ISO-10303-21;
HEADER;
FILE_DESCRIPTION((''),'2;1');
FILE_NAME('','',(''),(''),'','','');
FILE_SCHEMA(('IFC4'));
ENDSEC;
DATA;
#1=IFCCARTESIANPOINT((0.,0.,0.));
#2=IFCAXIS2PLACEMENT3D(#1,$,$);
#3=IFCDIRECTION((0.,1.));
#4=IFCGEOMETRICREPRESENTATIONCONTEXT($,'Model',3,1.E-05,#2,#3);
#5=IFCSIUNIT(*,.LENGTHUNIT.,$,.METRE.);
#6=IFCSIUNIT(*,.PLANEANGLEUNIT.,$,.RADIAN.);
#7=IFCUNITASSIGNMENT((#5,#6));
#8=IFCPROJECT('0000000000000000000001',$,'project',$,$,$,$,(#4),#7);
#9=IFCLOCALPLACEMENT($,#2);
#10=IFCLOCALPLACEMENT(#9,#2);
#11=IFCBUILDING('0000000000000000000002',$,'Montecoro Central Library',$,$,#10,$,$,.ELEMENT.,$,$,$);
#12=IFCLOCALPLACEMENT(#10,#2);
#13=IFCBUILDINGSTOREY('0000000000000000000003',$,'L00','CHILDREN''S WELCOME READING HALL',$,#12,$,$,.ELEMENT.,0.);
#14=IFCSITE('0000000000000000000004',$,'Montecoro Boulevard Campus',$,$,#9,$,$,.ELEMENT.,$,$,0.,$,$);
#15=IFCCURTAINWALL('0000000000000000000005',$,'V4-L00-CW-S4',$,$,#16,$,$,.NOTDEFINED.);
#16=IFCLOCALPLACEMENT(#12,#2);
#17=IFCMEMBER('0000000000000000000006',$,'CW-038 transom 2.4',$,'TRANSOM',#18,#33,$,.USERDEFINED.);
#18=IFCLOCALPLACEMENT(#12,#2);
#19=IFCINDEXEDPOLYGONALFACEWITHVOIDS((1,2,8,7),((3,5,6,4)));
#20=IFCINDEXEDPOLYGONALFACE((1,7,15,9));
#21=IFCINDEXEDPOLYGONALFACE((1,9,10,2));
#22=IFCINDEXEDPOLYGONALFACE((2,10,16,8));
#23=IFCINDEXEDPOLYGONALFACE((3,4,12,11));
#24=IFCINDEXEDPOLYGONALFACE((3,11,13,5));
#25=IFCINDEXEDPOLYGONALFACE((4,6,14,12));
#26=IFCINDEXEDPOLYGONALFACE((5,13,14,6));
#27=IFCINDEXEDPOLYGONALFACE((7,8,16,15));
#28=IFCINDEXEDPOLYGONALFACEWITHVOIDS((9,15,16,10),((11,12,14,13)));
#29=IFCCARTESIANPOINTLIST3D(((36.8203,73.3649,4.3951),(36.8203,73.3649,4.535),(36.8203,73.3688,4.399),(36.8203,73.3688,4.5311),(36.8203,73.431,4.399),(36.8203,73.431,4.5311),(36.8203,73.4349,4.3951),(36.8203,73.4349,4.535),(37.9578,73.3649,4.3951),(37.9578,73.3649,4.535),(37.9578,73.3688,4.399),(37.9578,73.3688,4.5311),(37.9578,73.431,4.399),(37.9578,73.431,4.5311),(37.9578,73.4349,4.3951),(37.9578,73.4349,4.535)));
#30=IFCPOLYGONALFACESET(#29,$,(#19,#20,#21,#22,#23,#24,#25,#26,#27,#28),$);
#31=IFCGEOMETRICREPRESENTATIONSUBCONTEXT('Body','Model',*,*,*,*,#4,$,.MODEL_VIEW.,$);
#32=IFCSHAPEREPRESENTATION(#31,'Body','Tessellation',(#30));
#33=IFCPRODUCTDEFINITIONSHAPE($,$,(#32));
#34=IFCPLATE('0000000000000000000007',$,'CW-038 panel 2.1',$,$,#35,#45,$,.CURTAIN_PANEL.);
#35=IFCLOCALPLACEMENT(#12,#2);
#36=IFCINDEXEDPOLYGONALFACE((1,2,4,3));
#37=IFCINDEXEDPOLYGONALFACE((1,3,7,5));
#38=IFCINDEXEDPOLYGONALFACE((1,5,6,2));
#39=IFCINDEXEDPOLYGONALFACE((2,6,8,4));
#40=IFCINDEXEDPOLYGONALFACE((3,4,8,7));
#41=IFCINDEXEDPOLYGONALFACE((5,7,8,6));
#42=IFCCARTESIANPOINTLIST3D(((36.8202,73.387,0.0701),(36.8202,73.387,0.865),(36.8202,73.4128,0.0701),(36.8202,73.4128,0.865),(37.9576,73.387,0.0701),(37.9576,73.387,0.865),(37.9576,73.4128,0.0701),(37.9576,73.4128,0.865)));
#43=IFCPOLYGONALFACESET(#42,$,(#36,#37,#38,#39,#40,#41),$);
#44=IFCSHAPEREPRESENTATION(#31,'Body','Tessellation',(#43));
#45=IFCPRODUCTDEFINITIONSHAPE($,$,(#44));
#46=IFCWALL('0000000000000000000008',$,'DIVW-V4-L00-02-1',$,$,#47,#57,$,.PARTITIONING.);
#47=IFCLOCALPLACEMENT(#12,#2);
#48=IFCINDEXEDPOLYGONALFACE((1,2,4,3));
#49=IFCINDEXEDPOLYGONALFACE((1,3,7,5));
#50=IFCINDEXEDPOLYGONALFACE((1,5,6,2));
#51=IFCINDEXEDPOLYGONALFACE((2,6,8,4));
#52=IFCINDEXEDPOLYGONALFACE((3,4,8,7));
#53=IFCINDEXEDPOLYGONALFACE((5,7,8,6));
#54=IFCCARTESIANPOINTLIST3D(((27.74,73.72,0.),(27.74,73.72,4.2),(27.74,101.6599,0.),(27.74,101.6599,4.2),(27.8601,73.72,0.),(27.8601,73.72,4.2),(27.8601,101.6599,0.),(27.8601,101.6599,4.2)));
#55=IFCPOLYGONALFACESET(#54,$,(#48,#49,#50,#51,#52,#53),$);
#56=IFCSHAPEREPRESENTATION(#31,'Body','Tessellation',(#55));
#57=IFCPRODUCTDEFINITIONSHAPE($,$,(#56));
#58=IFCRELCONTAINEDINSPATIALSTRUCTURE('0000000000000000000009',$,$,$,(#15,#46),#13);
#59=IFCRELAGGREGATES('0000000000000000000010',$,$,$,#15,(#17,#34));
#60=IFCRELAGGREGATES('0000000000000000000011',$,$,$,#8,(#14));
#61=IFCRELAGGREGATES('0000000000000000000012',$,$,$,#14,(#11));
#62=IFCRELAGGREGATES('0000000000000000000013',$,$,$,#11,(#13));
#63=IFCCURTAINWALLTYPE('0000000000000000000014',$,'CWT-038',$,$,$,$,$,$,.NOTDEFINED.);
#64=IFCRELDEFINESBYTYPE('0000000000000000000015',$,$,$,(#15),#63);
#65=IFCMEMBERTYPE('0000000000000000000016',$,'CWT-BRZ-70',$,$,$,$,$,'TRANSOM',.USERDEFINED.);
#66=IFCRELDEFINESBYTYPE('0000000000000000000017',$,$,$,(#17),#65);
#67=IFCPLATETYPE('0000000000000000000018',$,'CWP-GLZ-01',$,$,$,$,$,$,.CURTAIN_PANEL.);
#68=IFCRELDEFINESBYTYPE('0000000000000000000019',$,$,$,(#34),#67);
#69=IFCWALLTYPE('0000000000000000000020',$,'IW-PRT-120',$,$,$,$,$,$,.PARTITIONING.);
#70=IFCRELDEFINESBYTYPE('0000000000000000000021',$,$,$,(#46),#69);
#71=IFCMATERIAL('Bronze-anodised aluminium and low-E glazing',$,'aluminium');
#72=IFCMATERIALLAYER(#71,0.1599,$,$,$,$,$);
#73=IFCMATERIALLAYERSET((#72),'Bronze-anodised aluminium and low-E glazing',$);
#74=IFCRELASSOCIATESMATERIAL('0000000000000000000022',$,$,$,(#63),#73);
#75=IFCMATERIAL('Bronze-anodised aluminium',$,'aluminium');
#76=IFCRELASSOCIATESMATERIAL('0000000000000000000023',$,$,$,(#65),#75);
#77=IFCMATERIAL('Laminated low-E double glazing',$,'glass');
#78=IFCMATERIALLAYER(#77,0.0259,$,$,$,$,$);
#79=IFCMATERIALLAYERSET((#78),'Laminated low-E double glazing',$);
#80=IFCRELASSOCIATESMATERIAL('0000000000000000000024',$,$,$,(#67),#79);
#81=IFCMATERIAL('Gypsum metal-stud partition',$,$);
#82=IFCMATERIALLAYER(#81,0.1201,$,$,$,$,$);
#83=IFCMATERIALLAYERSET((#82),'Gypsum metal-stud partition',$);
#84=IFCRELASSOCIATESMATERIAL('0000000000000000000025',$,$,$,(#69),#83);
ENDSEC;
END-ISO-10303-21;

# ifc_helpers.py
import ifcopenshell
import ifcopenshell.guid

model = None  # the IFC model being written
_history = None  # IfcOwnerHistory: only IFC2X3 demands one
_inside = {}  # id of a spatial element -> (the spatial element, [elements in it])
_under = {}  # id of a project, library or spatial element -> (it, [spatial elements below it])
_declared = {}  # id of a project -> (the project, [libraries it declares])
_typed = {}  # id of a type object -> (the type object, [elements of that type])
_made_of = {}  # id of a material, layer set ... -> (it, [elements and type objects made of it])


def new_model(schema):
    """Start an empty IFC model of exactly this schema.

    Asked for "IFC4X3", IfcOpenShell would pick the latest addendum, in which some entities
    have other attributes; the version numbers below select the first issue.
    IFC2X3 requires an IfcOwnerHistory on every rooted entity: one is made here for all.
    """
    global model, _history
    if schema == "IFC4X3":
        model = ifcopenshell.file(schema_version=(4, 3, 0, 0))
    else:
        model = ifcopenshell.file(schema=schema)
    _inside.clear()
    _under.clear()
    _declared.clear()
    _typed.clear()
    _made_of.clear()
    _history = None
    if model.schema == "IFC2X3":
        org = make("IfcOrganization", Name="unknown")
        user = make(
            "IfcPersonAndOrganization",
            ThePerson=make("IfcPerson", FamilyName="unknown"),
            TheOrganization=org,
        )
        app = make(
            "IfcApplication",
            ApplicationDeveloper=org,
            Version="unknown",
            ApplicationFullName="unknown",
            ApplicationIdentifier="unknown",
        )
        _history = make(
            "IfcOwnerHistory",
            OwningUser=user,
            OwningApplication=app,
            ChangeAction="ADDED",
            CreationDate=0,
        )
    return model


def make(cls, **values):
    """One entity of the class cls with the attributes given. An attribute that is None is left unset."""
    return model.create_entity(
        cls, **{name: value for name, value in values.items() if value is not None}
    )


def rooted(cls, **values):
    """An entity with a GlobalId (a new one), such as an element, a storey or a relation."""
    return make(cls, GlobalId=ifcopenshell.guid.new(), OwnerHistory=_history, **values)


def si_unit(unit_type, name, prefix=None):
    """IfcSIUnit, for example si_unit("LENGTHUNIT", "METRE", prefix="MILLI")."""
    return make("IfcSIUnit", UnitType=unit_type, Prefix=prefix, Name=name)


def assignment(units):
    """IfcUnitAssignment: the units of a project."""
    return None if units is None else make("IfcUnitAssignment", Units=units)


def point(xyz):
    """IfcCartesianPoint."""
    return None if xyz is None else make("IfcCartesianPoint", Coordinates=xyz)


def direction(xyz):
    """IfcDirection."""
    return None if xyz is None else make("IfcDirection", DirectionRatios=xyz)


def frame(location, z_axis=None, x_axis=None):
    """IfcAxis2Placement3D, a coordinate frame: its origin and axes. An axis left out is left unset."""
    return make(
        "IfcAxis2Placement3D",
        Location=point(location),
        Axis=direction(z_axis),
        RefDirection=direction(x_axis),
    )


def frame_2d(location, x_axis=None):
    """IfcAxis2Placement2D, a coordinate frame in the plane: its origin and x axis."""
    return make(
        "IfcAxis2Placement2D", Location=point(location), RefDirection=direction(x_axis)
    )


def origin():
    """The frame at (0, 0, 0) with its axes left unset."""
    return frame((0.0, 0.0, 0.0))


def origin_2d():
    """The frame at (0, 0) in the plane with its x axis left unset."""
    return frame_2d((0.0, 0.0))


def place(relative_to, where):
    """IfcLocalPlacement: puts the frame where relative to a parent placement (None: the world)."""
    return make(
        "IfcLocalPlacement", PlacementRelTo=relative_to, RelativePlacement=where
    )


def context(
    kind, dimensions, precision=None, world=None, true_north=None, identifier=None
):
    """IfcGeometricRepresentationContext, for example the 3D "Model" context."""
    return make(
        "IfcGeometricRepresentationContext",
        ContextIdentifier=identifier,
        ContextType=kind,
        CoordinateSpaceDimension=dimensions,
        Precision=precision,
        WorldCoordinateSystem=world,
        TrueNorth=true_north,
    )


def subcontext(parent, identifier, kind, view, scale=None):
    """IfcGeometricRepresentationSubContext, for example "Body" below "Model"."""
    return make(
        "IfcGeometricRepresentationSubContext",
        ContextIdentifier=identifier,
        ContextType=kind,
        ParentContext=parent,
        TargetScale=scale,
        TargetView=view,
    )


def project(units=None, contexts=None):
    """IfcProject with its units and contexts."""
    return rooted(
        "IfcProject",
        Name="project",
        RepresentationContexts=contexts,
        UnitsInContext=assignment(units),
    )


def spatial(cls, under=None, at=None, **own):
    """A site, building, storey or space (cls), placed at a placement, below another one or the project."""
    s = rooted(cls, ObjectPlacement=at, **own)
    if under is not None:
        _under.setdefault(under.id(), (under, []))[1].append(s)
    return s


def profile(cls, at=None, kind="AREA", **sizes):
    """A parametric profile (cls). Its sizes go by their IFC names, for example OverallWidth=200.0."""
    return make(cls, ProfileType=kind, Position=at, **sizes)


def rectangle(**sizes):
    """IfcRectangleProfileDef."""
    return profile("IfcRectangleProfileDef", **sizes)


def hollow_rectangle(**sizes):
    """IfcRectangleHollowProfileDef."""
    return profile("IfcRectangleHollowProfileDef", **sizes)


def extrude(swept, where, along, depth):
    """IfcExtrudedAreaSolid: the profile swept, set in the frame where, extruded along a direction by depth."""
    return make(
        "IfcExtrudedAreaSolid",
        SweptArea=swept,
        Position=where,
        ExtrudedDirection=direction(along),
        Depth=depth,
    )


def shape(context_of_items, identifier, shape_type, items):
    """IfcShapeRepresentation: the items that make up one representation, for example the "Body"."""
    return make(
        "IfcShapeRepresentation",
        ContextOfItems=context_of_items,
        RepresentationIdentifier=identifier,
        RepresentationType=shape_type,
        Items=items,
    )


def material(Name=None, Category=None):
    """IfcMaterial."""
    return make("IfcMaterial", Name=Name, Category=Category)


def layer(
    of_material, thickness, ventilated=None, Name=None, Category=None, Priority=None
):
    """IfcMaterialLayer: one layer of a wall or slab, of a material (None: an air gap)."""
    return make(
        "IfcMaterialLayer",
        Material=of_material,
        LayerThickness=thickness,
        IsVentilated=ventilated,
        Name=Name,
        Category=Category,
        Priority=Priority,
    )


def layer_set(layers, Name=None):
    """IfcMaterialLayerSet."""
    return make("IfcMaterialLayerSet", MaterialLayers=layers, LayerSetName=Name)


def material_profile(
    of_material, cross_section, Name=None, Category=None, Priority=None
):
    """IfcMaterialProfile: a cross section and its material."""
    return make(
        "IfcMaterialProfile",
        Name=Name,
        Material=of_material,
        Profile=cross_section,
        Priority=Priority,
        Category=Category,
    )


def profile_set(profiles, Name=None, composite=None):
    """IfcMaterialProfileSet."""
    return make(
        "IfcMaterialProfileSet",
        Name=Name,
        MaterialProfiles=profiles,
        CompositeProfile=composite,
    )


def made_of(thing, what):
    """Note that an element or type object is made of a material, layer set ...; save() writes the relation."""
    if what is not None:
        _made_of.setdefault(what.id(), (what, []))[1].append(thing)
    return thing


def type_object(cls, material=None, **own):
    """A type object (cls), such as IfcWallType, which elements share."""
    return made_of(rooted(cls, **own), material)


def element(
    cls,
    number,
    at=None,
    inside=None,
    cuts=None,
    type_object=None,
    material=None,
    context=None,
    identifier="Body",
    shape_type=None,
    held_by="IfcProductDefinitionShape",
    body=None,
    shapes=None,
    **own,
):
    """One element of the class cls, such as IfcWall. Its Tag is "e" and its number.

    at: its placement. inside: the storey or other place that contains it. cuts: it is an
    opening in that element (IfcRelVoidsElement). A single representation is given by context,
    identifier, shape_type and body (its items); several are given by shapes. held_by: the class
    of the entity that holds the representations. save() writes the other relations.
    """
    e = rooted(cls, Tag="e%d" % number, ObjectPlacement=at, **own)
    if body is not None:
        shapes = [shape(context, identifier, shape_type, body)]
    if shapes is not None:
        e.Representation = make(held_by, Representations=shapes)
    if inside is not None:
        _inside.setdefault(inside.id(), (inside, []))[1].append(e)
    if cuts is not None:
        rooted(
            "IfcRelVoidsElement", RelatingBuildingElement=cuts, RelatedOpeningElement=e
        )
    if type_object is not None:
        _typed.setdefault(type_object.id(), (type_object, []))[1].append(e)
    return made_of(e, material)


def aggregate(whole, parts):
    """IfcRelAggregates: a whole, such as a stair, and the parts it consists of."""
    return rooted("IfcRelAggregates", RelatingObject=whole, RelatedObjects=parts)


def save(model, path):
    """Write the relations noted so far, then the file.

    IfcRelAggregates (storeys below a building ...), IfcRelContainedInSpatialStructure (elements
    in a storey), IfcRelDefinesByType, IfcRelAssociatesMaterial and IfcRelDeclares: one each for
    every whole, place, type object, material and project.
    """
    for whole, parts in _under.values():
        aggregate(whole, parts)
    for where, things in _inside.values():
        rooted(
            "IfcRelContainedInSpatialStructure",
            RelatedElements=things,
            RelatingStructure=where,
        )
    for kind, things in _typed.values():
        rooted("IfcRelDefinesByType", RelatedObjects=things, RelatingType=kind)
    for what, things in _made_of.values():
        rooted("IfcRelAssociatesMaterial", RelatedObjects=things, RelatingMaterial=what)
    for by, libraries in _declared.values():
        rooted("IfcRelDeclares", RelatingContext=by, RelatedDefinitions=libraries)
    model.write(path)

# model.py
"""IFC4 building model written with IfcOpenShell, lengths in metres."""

from ifc_helpers import new_model, si_unit, direction, frame, frame_2d, origin, origin_2d, place, context, subcontext, project, spatial, rectangle, hollow_rectangle, extrude, material, layer, layer_set, material_profile, profile_set, type_object, element, aggregate, save


model = new_model("IFC4")

# Units and contexts
model_context = context("Model", 3, precision=1e-05, world=origin(), true_north=direction((0.0, 1.0)))
body_context = subcontext(model_context, "Body", "Model", "MODEL_VIEW")
ifc_project = project(units=[si_unit("LENGTHUNIT", "METRE"), si_unit("PLANEANGLEUNIT", "RADIAN")], contexts=[model_context])

# Site, building, storey
site_placement = place(None, origin())
site = spatial("IfcSite", under=ifc_project, at=site_placement, Name="Montecoro Boulevard Campus", CompositionType="ELEMENT", RefElevation=0.0)
building_placement = place(site_placement, origin())
building = spatial("IfcBuilding", under=site, at=building_placement, Name="Montecoro Central Library", CompositionType="ELEMENT")
storey_placement = place(building_placement, origin())
storey = spatial("IfcBuildingStorey", under=building, at=storey_placement, Name="L00", Description="CHILDREN'S WELCOME READING HALL", CompositionType="ELEMENT", Elevation=0.0)

# Curtain wall, member, plate
ifc_material_1 = material(Name="Bronze-anodised aluminium and low-E glazing", Category="aluminium")
ifc_layer_1 = layer(ifc_material_1, 0.1599)
ifc_layer_set_1 = layer_set([ifc_layer_1], Name="Bronze-anodised aluminium and low-E glazing")
curtain_wall_type = type_object("IfcCurtainWallType", Name="CWT-038", PredefinedType="NOTDEFINED", material=ifc_layer_set_1)
curtain_wall_placement = place(storey_placement, origin())
curtain_wall = element("IfcCurtainWall", 1, at=curtain_wall_placement, inside=storey, type_object=curtain_wall_type, Name="V4-L00-CW-S4", PredefinedType="NOTDEFINED")
ifc_material_2 = material(Name="Bronze-anodised aluminium", Category="aluminium")
ifc_material_profile_1 = material_profile(ifc_material_2, hollow_rectangle(XDim=0.0701, YDim=0.1399, WallThickness=0.0039, at=origin_2d()), Name="CWT 140x70x4.0")
ifc_profile_set_1 = profile_set([ifc_material_profile_1], Name="Bronze-anodised aluminium")
member_type = type_object("IfcMemberType", Name="CWT-BRZ-70", ElementType="TRANSOM", PredefinedType="USERDEFINED", material=ifc_profile_set_1)
member_1_placement = place(storey_placement, frame((36.8203, 73.3999, 4.4651), z_axis=(1.0, 0.0, 0.0), x_axis=(0.0, 1.0, 0.0)))
member_1 = element("IfcMember", 2, at=member_1_placement, type_object=member_type, Name="CW-038 transom 2.4", ObjectType="TRANSOM", PredefinedType="USERDEFINED", context=body_context, shape_type="SweptSolid", body=[
    extrude(hollow_rectangle(XDim=0.0701, YDim=0.1399, WallThickness=0.0039, at=origin_2d()), origin(), (0.0, 0.0, 1.0), 1.1375),
])
ifc_material_3 = material(Name="Laminated low-E double glazing", Category="glass")
ifc_layer_2 = layer(ifc_material_3, 0.0259)
ifc_layer_set_2 = layer_set([ifc_layer_2], Name="Laminated low-E double glazing")
plate_type = type_object("IfcPlateType", Name="CWP-GLZ-01", PredefinedType="CURTAIN_PANEL", material=ifc_layer_set_2)
plate_placement = place(storey_placement, frame((37.3889, 73.3999, 0.0701), z_axis=(0.0, 0.0, 1.0), x_axis=(1.0, 0.0, 0.0)))
plate = element("IfcPlate", 3, at=plate_placement, type_object=plate_type, Name="CW-038 panel 2.1", PredefinedType="CURTAIN_PANEL", context=body_context, shape_type="SweptSolid", body=[
    extrude(rectangle(XDim=1.1375, YDim=0.0259, at=origin_2d()), origin(), (0.0, 0.0, 1.0), 0.7949),
])
aggregate(curtain_wall, [member_1, plate])

# Wall
ifc_material_4 = material(Name="Gypsum metal-stud partition")
ifc_layer_3 = layer(ifc_material_4, 0.1201)
ifc_layer_set_3 = layer_set([ifc_layer_3], Name="Gypsum metal-stud partition")
wall_type = type_object("IfcWallType", Name="IW-PRT-120", PredefinedType="PARTITIONING", material=ifc_layer_set_3)
wall_placement = place(storey_placement, frame((27.8, 73.72, 0.0), z_axis=(0.0, 0.0, 1.0), x_axis=(0.0, 1.0, 0.0)))
element("IfcWall", 4, at=wall_placement, inside=storey, type_object=wall_type, Name="DIVW-V4-L00-02-1", PredefinedType="PARTITIONING", context=body_context, shape_type="SweptSolid", body=[
    extrude(rectangle(XDim=27.9399, YDim=0.1201, at=frame_2d((13.97, 0.0))), origin(), (0.0, 0.0, 1.0), 4.2),
])

save(model, "model.ifc")
